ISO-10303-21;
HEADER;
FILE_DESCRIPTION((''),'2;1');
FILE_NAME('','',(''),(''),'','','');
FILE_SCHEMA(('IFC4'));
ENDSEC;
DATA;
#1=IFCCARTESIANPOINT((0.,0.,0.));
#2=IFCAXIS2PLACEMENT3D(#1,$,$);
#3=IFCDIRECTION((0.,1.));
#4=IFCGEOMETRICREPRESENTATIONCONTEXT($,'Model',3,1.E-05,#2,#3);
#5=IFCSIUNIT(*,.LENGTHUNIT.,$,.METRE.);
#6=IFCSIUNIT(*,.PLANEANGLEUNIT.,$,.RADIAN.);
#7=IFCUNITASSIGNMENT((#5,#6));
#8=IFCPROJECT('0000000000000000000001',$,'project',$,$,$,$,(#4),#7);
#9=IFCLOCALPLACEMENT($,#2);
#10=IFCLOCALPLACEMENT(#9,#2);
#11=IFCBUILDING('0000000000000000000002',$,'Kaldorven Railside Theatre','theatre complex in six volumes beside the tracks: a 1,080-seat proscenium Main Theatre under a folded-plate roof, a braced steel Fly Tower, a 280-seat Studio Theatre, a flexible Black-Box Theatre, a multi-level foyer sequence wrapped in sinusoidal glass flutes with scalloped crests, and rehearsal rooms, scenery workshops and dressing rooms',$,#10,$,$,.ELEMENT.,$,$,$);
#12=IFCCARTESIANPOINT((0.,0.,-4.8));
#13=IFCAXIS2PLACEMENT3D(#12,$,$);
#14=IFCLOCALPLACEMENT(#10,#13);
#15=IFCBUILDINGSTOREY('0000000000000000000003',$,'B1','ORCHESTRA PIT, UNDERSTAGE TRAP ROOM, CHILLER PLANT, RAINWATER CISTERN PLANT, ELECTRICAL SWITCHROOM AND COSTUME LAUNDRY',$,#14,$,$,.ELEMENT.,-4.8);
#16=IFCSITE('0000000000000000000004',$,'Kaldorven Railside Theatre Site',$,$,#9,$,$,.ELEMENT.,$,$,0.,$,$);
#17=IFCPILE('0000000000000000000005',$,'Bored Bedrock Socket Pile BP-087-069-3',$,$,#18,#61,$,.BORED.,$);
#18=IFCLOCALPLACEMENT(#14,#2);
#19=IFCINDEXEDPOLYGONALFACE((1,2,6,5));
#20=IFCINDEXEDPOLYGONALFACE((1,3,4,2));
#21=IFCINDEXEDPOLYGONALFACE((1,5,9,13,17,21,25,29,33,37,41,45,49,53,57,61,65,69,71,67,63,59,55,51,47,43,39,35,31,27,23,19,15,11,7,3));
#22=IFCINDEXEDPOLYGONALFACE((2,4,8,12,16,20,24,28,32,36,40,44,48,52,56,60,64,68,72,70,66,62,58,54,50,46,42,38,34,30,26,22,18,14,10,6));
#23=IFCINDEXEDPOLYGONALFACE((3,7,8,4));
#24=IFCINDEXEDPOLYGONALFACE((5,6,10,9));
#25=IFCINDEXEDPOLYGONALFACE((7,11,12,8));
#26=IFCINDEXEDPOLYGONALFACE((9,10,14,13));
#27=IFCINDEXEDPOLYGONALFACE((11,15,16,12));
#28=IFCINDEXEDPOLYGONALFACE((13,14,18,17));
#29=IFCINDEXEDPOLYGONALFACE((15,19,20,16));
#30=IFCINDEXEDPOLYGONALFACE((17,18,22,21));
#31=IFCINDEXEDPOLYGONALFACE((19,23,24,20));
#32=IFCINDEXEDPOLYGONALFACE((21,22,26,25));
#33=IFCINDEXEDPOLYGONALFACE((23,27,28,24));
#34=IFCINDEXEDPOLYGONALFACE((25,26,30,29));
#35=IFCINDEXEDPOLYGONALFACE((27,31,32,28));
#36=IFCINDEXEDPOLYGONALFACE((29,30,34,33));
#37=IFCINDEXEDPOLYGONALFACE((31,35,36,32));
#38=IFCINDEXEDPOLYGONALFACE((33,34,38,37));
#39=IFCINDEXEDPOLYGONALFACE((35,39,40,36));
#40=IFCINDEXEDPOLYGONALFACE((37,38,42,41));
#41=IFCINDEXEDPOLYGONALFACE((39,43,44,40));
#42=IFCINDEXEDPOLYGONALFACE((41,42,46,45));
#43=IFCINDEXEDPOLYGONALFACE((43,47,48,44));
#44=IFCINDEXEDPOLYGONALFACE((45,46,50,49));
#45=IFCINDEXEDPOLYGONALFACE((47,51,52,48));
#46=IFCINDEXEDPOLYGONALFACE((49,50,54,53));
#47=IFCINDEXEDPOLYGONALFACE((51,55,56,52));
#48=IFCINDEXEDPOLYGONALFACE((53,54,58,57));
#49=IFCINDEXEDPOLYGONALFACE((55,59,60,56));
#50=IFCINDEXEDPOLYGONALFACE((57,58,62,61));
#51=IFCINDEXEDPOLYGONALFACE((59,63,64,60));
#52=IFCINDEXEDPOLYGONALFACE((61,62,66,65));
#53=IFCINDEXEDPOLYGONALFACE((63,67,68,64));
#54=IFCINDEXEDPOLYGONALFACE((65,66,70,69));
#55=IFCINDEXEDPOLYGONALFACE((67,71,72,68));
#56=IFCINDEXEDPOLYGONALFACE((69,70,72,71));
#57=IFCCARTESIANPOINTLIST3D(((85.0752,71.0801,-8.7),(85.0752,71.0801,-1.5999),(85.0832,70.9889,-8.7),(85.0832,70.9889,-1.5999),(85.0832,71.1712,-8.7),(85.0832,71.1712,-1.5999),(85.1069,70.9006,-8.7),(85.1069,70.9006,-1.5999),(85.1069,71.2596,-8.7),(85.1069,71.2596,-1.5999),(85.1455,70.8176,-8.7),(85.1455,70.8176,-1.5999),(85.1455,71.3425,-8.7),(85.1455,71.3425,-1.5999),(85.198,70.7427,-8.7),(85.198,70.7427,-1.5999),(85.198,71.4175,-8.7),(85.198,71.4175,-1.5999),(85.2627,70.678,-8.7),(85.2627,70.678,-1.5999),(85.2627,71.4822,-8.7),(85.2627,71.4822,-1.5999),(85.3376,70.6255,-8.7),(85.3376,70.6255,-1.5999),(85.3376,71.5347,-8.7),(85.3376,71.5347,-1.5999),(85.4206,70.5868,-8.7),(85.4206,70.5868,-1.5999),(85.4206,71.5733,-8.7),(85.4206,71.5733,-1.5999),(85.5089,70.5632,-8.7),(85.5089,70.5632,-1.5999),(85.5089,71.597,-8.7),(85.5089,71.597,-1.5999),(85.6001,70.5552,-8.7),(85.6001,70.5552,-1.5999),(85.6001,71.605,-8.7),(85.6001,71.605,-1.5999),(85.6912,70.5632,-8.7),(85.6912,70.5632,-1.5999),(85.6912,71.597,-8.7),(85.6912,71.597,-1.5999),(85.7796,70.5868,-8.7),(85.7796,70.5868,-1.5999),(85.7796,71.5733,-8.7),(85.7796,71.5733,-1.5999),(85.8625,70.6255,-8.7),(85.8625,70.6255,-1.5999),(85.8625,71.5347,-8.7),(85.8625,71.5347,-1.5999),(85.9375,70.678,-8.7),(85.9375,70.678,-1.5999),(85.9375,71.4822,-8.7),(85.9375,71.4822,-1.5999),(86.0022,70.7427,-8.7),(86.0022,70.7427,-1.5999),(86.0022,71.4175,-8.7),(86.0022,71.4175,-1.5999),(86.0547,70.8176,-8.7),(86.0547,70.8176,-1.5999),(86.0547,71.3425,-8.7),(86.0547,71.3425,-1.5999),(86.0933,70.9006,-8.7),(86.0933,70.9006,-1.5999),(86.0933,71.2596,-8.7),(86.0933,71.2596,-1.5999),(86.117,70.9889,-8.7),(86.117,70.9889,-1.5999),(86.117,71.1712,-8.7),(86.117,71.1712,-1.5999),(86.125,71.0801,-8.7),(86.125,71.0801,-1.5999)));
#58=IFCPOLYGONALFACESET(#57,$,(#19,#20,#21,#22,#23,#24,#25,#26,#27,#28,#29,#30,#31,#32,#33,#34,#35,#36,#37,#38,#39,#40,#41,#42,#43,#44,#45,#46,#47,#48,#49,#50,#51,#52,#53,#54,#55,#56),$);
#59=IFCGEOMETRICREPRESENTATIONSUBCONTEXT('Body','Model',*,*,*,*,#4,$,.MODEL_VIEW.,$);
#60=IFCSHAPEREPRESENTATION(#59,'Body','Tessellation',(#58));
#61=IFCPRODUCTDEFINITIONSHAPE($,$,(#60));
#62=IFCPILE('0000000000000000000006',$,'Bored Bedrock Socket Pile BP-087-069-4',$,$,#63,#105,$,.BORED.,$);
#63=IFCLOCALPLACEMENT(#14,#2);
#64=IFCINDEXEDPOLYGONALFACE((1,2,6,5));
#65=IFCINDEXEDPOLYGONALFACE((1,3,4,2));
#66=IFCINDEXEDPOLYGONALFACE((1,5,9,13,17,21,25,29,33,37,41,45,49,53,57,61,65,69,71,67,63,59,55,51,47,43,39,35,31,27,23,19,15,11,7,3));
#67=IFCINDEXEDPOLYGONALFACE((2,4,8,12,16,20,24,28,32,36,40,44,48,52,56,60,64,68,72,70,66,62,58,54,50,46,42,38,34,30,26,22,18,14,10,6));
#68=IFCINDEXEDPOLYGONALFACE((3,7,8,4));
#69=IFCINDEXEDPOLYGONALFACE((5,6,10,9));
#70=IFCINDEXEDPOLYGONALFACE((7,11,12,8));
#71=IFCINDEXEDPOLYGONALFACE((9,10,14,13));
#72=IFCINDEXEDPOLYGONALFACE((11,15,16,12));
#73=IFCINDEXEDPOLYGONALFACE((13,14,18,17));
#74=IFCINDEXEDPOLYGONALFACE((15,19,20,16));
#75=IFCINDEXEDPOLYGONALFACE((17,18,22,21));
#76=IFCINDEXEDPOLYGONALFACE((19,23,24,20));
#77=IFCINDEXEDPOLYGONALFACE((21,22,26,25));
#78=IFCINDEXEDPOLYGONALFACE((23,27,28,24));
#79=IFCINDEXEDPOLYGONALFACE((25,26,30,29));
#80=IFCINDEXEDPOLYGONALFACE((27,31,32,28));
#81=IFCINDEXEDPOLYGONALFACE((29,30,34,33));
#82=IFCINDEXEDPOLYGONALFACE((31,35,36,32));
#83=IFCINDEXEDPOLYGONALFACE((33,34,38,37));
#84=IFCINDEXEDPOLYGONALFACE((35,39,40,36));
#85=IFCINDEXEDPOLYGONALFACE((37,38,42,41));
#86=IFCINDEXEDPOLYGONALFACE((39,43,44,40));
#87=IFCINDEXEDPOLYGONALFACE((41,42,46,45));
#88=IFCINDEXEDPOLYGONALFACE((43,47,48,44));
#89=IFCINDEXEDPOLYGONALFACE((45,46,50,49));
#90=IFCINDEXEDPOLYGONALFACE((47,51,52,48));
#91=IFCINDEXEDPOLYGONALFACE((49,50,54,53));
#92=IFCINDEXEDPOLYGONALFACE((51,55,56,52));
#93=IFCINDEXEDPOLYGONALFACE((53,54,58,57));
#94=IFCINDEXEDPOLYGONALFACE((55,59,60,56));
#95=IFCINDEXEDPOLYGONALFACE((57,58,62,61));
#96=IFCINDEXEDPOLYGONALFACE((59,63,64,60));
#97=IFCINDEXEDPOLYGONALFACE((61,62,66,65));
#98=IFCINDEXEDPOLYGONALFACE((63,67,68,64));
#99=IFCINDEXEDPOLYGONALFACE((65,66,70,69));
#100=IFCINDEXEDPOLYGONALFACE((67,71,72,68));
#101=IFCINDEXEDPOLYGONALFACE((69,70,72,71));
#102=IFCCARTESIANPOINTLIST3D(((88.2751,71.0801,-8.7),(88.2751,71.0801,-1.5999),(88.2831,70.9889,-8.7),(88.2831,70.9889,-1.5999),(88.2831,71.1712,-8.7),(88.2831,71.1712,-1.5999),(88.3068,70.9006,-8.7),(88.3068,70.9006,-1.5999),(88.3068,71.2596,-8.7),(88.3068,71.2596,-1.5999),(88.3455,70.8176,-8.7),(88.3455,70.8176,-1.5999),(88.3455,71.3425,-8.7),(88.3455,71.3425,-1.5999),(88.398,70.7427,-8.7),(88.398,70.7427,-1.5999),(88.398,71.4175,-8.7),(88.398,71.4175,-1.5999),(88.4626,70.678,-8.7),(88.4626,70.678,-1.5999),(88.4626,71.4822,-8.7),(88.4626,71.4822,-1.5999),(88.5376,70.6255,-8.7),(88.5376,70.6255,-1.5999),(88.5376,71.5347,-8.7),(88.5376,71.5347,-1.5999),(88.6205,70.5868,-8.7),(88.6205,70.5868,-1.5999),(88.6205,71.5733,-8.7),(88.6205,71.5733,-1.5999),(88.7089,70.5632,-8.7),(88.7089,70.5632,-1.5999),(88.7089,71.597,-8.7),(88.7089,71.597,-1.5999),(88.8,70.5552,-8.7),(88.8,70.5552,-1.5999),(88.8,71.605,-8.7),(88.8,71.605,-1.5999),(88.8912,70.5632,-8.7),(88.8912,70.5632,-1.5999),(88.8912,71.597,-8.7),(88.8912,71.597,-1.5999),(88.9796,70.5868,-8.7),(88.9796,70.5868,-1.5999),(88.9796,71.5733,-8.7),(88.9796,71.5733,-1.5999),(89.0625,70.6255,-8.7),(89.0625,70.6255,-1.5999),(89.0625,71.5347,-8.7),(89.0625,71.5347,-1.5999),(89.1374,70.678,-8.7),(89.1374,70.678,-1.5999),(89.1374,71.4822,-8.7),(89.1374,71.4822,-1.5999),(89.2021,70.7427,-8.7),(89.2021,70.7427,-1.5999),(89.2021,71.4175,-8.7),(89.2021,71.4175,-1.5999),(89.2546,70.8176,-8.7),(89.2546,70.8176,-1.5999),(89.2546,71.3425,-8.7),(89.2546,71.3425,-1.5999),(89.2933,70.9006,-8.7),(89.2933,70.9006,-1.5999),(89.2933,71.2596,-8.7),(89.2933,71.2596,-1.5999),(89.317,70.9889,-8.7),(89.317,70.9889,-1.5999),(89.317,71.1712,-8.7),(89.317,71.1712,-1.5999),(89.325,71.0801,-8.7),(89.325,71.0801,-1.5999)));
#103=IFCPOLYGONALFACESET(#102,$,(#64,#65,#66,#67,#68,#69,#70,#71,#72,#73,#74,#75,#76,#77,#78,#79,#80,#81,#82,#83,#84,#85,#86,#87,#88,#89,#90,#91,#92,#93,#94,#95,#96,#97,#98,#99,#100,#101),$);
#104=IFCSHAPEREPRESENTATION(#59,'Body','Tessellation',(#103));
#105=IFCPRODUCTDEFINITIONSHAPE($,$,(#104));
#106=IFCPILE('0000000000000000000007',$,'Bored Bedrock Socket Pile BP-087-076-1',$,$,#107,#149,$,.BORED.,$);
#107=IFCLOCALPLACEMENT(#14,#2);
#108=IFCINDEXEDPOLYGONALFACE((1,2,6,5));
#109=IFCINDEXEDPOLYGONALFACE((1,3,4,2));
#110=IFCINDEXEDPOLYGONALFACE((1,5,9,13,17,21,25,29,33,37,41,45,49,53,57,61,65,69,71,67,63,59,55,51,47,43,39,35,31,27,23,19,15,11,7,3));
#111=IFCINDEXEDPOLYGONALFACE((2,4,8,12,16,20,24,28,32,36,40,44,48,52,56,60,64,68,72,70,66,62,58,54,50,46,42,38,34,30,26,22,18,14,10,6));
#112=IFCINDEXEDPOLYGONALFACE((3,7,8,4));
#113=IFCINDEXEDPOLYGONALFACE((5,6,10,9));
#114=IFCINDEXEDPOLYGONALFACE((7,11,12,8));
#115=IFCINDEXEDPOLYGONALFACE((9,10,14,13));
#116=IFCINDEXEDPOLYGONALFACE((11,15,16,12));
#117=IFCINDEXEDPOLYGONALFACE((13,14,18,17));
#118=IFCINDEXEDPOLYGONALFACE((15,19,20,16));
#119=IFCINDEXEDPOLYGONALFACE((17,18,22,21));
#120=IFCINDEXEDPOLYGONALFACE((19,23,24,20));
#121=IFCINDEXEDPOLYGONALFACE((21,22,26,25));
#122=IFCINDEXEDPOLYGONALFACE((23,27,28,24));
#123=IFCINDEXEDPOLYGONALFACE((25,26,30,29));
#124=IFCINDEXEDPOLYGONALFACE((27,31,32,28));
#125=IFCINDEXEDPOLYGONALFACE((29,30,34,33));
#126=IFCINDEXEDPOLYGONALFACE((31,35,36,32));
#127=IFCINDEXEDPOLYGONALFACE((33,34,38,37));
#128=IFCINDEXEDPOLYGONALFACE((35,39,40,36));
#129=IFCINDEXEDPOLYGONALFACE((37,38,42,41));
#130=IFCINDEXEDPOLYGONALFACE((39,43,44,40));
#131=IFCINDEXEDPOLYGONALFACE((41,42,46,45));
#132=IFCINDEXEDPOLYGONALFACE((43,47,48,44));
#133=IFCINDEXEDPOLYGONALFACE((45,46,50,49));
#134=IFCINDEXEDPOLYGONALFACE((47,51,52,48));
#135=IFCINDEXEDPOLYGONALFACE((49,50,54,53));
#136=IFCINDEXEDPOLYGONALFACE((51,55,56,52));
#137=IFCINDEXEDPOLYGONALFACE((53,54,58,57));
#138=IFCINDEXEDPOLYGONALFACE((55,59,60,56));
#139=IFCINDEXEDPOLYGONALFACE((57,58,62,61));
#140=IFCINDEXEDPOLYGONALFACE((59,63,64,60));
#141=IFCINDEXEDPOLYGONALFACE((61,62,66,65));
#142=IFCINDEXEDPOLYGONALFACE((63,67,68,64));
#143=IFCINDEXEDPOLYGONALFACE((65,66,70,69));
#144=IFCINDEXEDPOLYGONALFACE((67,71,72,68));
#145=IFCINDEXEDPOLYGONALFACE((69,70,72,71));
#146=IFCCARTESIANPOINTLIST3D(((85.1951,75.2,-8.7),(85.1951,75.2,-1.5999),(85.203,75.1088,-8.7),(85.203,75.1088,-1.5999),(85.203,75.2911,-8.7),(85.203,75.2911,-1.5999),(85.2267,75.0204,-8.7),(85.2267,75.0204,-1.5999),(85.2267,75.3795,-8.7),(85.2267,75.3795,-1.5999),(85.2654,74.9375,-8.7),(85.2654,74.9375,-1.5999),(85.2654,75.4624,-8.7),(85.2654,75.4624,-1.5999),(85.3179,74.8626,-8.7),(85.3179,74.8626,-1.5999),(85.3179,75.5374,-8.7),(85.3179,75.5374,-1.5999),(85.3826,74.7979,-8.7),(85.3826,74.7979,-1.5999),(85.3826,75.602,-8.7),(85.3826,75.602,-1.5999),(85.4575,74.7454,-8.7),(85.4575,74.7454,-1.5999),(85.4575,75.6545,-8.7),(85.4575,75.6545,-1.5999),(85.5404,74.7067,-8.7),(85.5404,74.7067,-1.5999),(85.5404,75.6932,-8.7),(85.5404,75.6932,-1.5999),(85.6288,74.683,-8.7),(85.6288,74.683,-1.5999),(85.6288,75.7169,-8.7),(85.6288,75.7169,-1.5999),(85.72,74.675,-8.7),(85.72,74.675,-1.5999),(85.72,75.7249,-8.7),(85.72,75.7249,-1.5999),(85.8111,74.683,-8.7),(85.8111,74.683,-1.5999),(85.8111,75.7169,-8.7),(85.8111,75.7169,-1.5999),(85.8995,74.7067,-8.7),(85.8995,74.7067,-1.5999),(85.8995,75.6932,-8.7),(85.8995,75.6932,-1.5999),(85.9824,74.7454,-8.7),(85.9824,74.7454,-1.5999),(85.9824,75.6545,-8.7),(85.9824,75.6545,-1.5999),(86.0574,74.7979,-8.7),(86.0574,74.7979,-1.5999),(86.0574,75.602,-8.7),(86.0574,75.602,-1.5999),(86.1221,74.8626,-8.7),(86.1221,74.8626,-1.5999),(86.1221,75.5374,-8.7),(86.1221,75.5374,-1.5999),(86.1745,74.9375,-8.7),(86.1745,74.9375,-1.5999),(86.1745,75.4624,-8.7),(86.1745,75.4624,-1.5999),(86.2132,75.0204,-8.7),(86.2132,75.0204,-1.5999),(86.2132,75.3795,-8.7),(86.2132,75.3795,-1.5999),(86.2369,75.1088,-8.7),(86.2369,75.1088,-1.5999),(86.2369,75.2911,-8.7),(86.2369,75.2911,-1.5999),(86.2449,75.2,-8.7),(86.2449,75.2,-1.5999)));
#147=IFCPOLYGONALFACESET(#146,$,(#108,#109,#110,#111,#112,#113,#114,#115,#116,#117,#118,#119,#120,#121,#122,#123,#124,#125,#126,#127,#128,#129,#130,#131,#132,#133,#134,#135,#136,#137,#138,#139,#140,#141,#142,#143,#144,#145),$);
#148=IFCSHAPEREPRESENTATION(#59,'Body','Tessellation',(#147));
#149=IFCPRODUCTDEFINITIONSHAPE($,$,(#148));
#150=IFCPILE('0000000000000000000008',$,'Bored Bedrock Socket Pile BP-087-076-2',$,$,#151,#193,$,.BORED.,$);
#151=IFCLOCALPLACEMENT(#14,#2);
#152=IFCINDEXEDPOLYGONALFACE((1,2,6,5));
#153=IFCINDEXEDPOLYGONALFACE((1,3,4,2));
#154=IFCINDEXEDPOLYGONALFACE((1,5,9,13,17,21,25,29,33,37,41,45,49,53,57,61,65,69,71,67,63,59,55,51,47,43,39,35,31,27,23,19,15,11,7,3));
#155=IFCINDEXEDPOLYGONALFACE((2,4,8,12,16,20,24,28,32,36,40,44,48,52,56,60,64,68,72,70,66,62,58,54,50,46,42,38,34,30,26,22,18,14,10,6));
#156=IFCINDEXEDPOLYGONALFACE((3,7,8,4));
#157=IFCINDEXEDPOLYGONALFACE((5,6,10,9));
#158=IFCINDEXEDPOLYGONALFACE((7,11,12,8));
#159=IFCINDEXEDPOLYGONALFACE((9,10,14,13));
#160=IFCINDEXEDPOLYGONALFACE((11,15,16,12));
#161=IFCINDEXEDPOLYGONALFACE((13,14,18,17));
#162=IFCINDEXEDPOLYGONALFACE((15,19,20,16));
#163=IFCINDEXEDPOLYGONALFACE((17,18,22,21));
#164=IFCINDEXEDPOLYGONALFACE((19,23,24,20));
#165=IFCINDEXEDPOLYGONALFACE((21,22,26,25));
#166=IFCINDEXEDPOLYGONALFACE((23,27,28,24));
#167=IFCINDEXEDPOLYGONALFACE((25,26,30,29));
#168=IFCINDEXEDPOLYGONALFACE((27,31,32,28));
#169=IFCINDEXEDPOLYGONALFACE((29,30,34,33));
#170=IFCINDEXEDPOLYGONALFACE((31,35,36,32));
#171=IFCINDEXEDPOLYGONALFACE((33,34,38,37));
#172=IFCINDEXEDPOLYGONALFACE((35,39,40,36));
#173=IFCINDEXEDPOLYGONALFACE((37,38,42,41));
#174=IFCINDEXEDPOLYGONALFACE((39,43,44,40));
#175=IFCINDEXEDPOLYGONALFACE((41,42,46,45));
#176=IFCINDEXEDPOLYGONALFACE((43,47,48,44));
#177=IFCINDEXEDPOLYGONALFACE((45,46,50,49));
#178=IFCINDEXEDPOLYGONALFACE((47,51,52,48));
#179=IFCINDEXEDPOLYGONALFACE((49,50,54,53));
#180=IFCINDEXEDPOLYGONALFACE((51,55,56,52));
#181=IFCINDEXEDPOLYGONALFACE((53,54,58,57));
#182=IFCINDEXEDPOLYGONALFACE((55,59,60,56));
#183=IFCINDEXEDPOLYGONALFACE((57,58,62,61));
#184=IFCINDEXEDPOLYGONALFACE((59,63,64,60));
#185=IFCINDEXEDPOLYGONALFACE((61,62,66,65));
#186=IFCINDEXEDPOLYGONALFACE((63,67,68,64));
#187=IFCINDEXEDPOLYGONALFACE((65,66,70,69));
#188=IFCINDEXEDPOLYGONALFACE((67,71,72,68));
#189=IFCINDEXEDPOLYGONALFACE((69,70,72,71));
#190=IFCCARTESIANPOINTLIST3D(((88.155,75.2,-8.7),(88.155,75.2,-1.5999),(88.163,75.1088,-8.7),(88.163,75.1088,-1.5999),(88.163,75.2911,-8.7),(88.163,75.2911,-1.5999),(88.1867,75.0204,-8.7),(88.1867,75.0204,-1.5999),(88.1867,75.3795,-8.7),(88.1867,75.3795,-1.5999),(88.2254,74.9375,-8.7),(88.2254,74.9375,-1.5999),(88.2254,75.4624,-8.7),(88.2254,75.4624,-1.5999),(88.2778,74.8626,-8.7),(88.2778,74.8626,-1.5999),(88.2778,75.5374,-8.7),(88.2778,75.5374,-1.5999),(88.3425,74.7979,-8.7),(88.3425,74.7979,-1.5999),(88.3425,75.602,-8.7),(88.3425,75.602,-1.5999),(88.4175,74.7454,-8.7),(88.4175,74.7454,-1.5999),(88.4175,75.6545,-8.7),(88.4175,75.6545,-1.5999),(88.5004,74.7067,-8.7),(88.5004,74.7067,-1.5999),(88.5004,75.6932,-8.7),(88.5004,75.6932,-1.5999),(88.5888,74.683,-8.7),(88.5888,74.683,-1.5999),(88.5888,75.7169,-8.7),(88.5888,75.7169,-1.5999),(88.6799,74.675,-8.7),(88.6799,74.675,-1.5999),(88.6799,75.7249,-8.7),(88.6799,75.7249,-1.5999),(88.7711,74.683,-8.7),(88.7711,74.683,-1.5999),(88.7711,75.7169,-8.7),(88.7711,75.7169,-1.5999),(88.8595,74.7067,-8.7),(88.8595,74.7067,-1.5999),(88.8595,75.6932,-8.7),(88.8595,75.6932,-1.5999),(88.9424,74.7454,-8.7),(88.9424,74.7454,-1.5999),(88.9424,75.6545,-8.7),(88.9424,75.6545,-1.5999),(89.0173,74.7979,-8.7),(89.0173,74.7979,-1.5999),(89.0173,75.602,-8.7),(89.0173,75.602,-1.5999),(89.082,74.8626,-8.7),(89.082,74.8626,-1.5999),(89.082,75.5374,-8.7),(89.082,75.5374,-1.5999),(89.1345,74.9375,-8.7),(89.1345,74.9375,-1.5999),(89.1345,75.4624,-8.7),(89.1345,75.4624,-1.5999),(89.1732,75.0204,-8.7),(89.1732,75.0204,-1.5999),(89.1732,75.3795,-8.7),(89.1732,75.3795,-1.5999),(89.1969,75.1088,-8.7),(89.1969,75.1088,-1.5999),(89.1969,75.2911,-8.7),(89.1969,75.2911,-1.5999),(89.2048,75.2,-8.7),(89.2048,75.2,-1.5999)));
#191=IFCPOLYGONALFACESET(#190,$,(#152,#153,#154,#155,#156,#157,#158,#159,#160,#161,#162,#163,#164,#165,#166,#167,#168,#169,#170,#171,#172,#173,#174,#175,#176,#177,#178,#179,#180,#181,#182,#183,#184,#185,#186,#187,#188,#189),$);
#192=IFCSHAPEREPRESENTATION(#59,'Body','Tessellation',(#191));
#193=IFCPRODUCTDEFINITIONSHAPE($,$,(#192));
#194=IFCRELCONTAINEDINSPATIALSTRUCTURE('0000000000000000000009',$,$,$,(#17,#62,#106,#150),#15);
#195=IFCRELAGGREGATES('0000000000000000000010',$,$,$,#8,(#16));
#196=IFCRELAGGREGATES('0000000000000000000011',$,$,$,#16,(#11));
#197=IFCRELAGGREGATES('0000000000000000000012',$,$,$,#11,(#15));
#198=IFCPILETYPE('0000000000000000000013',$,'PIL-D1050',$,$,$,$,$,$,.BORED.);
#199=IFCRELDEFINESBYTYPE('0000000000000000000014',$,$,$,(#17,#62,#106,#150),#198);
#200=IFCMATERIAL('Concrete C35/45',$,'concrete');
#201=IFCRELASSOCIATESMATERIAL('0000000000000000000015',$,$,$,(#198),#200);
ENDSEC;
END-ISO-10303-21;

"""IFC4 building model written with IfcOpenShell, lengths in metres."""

from ifc_helpers import new_model, si_unit, direction, frame, origin, origin_2d, place, context, subcontext, project, spatial, circle, extrude, material, material_profile, profile_set, type_object, element, save


model = new_model("IFC4")

# Units and contexts
model_context = context("Model", 3, precision=1e-05, world=origin(), true_north=direction((0.0, 1.0)))
body_context = subcontext(model_context, "Body", "Model", "MODEL_VIEW")
ifc_project = project(units=[si_unit("LENGTHUNIT", "METRE"), si_unit("PLANEANGLEUNIT", "RADIAN")], contexts=[model_context])

# Site, building, storey
site_placement = place(None, origin())
site = spatial("IfcSite", under=ifc_project, at=site_placement, Name="Kaldorven Railside Theatre Site", CompositionType="ELEMENT", RefElevation=0.0)
building_placement = place(site_placement, origin())
building = spatial("IfcBuilding", under=site, at=building_placement, Name="Kaldorven Railside Theatre", Description="theatre complex in six volumes beside the tracks: a 1,080-seat proscenium Main Theatre under a folded-plate roof, a braced steel Fly Tower, a 280-seat Studio Theatre, a flexible Black-Box Theatre, a multi-level foyer sequence wrapped in sinusoidal glass flutes with scalloped crests, and rehearsal rooms, scenery workshops and dressing rooms", CompositionType="ELEMENT")
storey_placement = place(building_placement, frame((0.0, 0.0, -4.8)))
storey = spatial("IfcBuildingStorey", under=building, at=storey_placement, Name="B1", Description="ORCHESTRA PIT, UNDERSTAGE TRAP ROOM, CHILLER PLANT, RAINWATER CISTERN PLANT, ELECTRICAL SWITCHROOM AND COSTUME LAUNDRY", CompositionType="ELEMENT", Elevation=-4.8)

# Piles
ifc_material_1 = material(Name="Concrete C35/45", Category="concrete")
ifc_material_profile_1 = material_profile(ifc_material_1, circle(Radius=0.5249, at=origin_2d()), Name="BP D1050")
ifc_profile_set_1 = profile_set([ifc_material_profile_1], Name="Concrete C35/45")
pile_type_1 = type_object("IfcPileType", Name="PIL-D1050", PredefinedType="BORED", material=ifc_profile_set_1)
for number, where, z_axis, x_axis, name in (
    (1, (85.6001, 71.0801, -1.5999), (0.0, 0.0, -1.0), (1.0, 0.0, 0.0), "Bored Bedrock Socket Pile BP-087-069-3"),
    (2, (88.8, 71.0801, -1.5999), (0.0, 0.0, -1.0), (1.0, 0.0, 0.0), "Bored Bedrock Socket Pile BP-087-069-4"),
    (3, (85.72, 75.2, -1.5999), (0.0, 0.0, -1.0), (1.0, 0.0, 0.0), "Bored Bedrock Socket Pile BP-087-076-1"),
    (4, (88.6799, 75.2, -1.5999), (0.0, 0.0, -1.0), (1.0, 0.0, 0.0), "Bored Bedrock Socket Pile BP-087-076-2"),
):
    element("IfcPile", number, at=place(storey_placement, frame(where, z_axis=z_axis, x_axis=x_axis)), inside=storey, type_object=pile_type_1, Name=name, PredefinedType="BORED", context=body_context, shape_type="SweptSolid", body=[
        extrude(circle(Radius=0.5249, at=origin_2d()), origin(), (0.0, 0.0, 1.0), 7.1001),
    ])

save(model, "model.ifc")
